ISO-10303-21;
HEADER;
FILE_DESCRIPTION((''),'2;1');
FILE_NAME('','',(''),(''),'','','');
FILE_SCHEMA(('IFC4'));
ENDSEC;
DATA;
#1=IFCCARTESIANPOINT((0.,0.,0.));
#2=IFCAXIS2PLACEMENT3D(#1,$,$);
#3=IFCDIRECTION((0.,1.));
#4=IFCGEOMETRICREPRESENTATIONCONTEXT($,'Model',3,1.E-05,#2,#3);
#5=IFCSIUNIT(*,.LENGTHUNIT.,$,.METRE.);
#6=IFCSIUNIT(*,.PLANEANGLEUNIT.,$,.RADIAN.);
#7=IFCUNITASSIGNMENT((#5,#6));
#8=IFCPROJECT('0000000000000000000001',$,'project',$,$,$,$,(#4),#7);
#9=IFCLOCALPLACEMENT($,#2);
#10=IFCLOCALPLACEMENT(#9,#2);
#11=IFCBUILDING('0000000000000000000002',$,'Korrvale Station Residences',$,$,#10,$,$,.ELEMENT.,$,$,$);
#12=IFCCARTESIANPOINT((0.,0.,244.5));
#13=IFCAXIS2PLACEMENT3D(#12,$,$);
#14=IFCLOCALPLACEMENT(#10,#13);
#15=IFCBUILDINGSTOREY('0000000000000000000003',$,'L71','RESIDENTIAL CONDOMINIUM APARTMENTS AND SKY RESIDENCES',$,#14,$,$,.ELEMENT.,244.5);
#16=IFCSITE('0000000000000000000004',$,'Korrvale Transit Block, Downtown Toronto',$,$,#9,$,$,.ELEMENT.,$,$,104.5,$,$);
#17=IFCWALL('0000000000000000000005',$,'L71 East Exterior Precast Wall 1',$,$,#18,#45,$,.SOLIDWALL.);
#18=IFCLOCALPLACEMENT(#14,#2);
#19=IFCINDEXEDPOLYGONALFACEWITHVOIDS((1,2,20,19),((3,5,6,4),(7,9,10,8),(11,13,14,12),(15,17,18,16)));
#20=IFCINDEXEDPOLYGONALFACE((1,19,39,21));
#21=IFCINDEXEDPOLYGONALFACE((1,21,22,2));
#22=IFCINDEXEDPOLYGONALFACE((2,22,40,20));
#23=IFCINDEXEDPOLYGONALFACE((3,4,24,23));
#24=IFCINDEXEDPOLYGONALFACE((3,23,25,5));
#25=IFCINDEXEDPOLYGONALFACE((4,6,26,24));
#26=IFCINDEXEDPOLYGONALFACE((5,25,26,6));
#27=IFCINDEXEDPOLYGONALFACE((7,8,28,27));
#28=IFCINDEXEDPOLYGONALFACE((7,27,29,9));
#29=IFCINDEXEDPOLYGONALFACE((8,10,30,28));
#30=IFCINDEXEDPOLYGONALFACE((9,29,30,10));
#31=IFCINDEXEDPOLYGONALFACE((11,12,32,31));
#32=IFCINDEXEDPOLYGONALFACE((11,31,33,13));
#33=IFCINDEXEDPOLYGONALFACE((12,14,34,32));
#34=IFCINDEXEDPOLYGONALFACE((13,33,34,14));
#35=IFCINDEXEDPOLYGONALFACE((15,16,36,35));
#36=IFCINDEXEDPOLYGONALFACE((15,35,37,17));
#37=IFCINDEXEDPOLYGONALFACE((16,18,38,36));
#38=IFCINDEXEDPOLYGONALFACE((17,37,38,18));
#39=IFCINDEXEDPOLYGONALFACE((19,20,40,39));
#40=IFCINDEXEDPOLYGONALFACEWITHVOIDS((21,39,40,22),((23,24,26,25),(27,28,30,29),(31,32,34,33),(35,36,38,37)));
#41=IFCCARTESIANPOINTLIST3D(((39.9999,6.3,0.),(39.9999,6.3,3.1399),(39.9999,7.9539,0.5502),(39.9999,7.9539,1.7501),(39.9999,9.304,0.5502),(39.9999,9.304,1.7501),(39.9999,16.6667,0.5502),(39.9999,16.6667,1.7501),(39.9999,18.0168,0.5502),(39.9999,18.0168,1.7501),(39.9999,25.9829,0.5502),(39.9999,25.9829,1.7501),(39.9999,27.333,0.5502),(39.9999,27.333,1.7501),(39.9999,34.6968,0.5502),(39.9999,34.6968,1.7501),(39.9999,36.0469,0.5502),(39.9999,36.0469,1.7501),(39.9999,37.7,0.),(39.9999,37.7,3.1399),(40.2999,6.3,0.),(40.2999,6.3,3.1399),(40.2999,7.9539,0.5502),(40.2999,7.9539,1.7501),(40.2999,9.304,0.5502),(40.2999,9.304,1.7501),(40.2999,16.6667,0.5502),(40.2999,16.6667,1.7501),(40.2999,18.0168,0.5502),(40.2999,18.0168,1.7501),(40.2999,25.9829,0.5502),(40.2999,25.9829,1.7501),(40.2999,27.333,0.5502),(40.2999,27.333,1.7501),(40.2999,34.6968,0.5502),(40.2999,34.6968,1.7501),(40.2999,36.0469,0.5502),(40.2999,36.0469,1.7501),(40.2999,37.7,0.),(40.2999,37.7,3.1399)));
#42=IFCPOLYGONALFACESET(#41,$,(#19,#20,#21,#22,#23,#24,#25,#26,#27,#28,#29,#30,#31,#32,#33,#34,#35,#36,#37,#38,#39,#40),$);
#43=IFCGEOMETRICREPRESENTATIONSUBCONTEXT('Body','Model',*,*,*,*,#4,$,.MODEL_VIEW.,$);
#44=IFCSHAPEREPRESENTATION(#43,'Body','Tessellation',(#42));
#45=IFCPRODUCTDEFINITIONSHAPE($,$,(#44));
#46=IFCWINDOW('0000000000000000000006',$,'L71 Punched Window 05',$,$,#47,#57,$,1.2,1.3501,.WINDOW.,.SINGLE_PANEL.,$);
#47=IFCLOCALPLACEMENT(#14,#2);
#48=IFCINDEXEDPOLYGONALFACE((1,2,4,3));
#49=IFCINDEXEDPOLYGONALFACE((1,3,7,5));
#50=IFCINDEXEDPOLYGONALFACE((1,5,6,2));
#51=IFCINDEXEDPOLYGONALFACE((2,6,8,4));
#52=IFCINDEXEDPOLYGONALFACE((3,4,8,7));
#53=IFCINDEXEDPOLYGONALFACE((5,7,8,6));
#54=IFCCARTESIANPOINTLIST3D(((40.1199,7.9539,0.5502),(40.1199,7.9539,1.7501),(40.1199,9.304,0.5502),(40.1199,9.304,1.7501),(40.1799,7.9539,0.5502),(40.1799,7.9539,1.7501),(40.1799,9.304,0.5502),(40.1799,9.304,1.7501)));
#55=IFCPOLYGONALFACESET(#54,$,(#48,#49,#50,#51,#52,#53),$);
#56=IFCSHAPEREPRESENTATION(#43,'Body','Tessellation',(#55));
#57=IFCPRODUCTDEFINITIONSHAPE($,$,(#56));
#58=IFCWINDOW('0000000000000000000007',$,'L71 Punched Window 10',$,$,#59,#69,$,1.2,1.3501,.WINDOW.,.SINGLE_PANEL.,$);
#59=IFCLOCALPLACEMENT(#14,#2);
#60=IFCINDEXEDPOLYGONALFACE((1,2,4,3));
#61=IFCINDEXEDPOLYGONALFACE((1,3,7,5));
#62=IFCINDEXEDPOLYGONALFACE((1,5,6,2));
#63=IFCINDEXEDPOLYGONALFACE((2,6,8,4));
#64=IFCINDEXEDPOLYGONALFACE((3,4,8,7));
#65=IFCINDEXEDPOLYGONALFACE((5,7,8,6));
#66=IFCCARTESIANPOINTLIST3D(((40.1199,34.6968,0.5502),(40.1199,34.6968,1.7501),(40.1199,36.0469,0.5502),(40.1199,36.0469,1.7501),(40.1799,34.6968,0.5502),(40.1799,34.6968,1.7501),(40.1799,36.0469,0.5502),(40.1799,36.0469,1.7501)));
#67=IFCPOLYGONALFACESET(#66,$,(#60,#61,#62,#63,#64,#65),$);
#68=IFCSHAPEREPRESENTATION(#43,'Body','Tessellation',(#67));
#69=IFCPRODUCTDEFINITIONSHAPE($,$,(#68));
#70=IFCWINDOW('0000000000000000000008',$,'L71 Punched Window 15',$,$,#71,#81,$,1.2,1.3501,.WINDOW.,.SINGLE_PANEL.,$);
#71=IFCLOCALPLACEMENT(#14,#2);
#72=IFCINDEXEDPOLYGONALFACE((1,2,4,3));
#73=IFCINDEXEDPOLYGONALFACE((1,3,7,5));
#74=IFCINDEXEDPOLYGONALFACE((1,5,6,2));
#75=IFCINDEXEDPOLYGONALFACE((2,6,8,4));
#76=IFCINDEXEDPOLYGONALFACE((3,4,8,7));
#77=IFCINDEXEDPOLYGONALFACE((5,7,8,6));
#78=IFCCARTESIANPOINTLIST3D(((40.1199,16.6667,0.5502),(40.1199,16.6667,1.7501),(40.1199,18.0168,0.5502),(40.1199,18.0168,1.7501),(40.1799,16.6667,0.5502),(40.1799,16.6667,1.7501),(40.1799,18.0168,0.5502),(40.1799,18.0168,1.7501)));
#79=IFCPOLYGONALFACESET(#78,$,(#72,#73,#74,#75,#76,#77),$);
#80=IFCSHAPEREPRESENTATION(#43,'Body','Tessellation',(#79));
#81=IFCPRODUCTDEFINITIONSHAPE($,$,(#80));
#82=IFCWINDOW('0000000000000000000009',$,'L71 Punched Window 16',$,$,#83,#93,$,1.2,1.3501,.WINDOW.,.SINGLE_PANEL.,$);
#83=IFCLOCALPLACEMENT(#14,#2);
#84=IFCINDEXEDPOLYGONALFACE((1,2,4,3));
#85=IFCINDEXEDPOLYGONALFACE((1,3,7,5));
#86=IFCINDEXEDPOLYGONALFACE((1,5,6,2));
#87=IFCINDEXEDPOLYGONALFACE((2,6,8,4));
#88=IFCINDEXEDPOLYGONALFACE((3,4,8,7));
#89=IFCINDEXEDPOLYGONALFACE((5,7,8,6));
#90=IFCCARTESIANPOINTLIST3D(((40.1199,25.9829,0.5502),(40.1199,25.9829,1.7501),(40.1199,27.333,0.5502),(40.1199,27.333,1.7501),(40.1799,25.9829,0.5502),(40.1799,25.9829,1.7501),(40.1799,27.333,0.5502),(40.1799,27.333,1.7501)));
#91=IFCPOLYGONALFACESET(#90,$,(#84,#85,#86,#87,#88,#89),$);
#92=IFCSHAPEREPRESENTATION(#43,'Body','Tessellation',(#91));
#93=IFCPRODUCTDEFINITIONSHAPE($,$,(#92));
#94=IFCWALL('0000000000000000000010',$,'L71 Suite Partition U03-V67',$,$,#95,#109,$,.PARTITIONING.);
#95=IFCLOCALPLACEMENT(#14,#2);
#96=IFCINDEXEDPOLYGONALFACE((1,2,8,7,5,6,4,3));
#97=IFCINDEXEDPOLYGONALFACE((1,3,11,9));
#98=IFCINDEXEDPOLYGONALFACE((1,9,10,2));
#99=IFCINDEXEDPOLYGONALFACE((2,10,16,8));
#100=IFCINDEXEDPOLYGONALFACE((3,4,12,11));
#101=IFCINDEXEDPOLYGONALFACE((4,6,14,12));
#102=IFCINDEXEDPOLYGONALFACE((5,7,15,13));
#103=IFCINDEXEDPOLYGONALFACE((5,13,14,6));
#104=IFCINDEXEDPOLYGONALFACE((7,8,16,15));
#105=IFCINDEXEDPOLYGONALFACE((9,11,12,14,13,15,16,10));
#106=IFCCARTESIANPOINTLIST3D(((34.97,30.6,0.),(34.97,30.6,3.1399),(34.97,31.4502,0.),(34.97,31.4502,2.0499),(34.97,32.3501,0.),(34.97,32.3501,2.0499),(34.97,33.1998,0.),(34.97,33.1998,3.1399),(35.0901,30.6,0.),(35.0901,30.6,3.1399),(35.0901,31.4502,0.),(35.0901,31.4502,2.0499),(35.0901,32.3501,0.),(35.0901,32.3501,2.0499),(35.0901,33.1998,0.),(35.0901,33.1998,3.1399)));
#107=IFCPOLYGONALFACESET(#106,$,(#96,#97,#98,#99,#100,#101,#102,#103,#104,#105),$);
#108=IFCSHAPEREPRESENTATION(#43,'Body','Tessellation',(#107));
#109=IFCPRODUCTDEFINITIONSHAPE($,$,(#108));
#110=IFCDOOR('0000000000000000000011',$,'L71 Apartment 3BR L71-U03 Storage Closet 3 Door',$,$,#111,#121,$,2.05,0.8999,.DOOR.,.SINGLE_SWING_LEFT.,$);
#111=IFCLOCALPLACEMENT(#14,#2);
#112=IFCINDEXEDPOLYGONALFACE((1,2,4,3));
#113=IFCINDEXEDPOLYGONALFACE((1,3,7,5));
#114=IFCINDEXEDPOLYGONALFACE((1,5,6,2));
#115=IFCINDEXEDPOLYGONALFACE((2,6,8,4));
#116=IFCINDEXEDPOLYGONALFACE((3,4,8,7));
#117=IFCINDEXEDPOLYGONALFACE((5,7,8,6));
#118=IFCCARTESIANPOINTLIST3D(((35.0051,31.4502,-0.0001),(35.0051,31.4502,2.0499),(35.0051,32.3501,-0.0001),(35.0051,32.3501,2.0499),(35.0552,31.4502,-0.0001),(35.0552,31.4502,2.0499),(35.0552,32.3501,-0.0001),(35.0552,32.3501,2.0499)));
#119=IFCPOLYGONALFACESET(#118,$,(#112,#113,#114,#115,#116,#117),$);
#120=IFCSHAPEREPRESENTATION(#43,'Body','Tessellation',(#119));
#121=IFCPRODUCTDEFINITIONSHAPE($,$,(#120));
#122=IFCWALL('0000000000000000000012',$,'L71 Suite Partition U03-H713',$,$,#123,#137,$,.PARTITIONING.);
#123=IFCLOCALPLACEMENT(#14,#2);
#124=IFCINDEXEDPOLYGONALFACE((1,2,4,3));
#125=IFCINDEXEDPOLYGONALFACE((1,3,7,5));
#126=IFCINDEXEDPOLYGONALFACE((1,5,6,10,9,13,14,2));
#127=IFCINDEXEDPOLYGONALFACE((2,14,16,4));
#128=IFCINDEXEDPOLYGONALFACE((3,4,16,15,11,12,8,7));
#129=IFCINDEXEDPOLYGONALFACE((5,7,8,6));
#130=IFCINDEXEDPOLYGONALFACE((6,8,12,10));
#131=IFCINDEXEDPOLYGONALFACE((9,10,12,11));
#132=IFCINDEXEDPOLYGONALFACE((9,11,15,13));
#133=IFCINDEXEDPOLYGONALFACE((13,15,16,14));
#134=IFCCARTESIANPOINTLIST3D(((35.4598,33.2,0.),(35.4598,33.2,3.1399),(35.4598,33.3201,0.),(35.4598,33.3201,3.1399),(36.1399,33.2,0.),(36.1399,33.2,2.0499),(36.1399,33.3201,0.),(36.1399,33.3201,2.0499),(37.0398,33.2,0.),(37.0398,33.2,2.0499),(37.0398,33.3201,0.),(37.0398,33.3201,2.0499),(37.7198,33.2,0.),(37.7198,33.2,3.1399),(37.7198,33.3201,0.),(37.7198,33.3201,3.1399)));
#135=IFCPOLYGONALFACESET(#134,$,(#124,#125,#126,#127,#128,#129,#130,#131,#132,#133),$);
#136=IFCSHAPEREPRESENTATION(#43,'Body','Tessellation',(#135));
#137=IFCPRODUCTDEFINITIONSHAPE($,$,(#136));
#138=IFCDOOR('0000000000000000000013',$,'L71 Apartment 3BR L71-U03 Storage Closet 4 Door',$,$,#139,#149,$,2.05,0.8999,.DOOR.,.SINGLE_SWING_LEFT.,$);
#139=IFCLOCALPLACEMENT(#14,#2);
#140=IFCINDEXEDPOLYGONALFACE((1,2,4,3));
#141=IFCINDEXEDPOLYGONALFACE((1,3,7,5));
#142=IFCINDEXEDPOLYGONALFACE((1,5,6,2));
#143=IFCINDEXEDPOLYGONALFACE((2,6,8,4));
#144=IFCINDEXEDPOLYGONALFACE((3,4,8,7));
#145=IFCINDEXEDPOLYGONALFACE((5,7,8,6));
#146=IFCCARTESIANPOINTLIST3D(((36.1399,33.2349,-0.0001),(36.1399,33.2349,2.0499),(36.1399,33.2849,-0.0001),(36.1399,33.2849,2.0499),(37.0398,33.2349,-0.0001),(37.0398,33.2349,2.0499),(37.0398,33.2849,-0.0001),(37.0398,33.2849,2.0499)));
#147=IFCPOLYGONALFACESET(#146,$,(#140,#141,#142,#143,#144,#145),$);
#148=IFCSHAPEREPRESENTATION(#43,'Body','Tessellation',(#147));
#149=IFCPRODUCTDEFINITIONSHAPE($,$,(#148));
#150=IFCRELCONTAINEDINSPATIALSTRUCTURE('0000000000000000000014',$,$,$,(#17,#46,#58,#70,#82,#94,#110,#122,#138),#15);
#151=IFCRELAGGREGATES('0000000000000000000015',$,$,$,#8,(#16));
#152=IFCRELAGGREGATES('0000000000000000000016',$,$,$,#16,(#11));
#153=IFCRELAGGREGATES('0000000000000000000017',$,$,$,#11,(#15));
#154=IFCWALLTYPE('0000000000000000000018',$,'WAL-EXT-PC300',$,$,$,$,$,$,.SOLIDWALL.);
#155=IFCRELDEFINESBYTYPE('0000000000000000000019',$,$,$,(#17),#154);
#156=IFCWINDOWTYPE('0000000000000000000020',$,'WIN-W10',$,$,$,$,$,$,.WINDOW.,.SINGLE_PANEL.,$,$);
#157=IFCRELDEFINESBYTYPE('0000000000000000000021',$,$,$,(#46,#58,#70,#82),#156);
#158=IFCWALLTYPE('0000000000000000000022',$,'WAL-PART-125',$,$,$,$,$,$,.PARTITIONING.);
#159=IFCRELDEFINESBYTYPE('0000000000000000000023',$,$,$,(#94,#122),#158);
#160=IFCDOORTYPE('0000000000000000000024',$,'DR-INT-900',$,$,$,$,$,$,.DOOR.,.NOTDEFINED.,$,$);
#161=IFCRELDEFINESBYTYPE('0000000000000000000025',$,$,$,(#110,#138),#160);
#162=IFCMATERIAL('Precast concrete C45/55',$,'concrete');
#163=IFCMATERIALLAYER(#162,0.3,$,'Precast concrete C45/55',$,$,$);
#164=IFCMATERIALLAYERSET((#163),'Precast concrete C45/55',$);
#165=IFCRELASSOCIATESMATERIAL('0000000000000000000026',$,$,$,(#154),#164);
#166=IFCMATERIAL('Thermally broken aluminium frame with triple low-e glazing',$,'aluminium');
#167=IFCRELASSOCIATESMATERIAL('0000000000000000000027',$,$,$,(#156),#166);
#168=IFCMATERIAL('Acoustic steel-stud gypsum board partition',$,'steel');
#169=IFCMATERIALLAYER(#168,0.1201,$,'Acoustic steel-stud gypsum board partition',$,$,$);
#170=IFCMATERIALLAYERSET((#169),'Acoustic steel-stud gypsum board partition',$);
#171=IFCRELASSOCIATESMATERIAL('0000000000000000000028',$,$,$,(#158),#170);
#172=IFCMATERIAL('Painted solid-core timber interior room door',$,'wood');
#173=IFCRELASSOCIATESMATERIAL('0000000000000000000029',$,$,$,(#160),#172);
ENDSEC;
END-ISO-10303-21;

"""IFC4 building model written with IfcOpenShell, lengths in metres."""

from ifc_helpers import new_model, si_unit, direction, frame, frame_2d, origin, place, context, subcontext, project, spatial, rectangle, extrude, material, layer, layer_set, type_object, element, fill, save


model = new_model("IFC4")

# Units and contexts
model_context = context("Model", 3, precision=1e-05, world=origin(), true_north=direction((0.0, 1.0)))
body_context = subcontext(model_context, "Body", "Model", "MODEL_VIEW")
ifc_project = project(units=[si_unit("LENGTHUNIT", "METRE"), si_unit("PLANEANGLEUNIT", "RADIAN")], contexts=[model_context])

# Site, building, storey
site_placement = place(None, origin())
site = spatial("IfcSite", under=ifc_project, at=site_placement, Name="Korrvale Transit Block, Downtown Toronto", CompositionType="ELEMENT", RefElevation=104.5)
building_placement = place(site_placement, origin())
building = spatial("IfcBuilding", under=site, at=building_placement, Name="Korrvale Station Residences", CompositionType="ELEMENT")
storey_placement = place(building_placement, frame((0.0, 0.0, 244.5)))
storey = spatial("IfcBuildingStorey", under=building, at=storey_placement, Name="L71", Description="RESIDENTIAL CONDOMINIUM APARTMENTS AND SKY RESIDENCES", CompositionType="ELEMENT", Elevation=244.5)

# Shared definitions
ifc_material_1 = material(Name="Precast concrete C45/55", Category="concrete")
ifc_layer_1 = layer(ifc_material_1, 0.3, Name="Precast concrete C45/55")
ifc_layer_set_1 = layer_set([ifc_layer_1], Name="Precast concrete C45/55")
wall_type_1 = type_object("IfcWallType", Name="WAL-EXT-PC300", PredefinedType="SOLIDWALL", material=ifc_layer_set_1)

# Wall, openings, windows
wall_1_placement = place(storey_placement, frame((40.1499, 37.7, 0.0), z_axis=(0.0, 0.0, 1.0), x_axis=(0.0, -1.0, 0.0)))
wall_1 = element("IfcWall", 1, at=wall_1_placement, inside=storey, type_object=wall_type_1, Name="L71 East Exterior Precast Wall 1", PredefinedType="SOLIDWALL", context=body_context, shape_type="SweptSolid", body=[
    extrude(rectangle(XDim=31.3999, YDim=0.3, at=frame_2d((15.7, 0.0))), origin(), (0.0, 0.0, 1.0), 3.1399),
])
opening_1_placement = place(wall_1_placement, frame((28.396, 0.0, 0.55)))
opening_1 = element("IfcOpeningElement", 2, at=opening_1_placement, cuts=wall_1, PredefinedType="OPENING", context=body_context, shape_type="SweptSolid", body=[
    extrude(rectangle(XDim=1.3501, YDim=1.2, at=frame_2d((0.675, 0.6001))), frame((0.0, 0.1602, 0.0), z_axis=(0.0, -1.0, 0.0), x_axis=(1.0, 0.0, 0.0)), (0.0, 0.0, 1.0), 0.3201),
])
opening_2_placement = place(wall_1_placement, frame((1.6531, 0.0, 0.55)))
opening_2 = element("IfcOpeningElement", 3, at=opening_2_placement, cuts=wall_1, PredefinedType="OPENING", context=body_context, shape_type="SweptSolid", body=[
    extrude(rectangle(XDim=1.3501, YDim=1.2, at=frame_2d((0.675, 0.6001))), frame((0.0, 0.1602, 0.0), z_axis=(0.0, -1.0, 0.0), x_axis=(1.0, 0.0, 0.0)), (0.0, 0.0, 1.0), 0.3201),
])
opening_3_placement = place(wall_1_placement, frame((19.6831, 0.0, 0.55)))
opening_3 = element("IfcOpeningElement", 4, at=opening_3_placement, cuts=wall_1, PredefinedType="OPENING", context=body_context, shape_type="SweptSolid", body=[
    extrude(rectangle(XDim=1.3501, YDim=1.2, at=frame_2d((0.675, 0.6001))), frame((0.0, 0.1602, 0.0), z_axis=(0.0, -1.0, 0.0), x_axis=(1.0, 0.0, 0.0)), (0.0, 0.0, 1.0), 0.3201),
])
opening_4_placement = place(wall_1_placement, frame((10.3669, 0.0, 0.55)))
opening_4 = element("IfcOpeningElement", 5, at=opening_4_placement, cuts=wall_1, PredefinedType="OPENING", context=body_context, shape_type="SweptSolid", body=[
    extrude(rectangle(XDim=1.3501, YDim=1.2, at=frame_2d((0.675, 0.6001))), frame((0.0, 0.1602, 0.0), z_axis=(0.0, -1.0, 0.0), x_axis=(1.0, 0.0, 0.0)), (0.0, 0.0, 1.0), 0.3201),
])
ifc_material_2 = material(Name="Thermally broken aluminium frame with triple low-e glazing", Category="aluminium")
window_type = type_object("IfcWindowType", Name="WIN-W10", PartitioningType="SINGLE_PANEL", PredefinedType="WINDOW", material=ifc_material_2)
window_1_placement = place(opening_1_placement, origin())
window_1 = element("IfcWindow", 6, at=window_1_placement, inside=storey, type_object=window_type, Name="L71 Punched Window 05", OverallHeight=1.2, OverallWidth=1.3501, PartitioningType="SINGLE_PANEL", PredefinedType="WINDOW", context=body_context, shape_type="SweptSolid", body=[
    extrude(rectangle(XDim=1.3501, YDim=1.2, at=frame_2d((0.675, 0.6001))), frame((0.0, 0.03, 0.0), z_axis=(0.0, -1.0, 0.0), x_axis=(1.0, 0.0, 0.0)), (0.0, 0.0, 1.0), 0.0601),
])
fill(opening_1, window_1)
window_2_placement = place(opening_2_placement, origin())
window_2 = element("IfcWindow", 7, at=window_2_placement, inside=storey, type_object=window_type, Name="L71 Punched Window 10", OverallHeight=1.2, OverallWidth=1.3501, PartitioningType="SINGLE_PANEL", PredefinedType="WINDOW", context=body_context, shape_type="SweptSolid", body=[
    extrude(rectangle(XDim=1.3501, YDim=1.2, at=frame_2d((0.675, 0.6001))), frame((0.0, 0.03, 0.0), z_axis=(0.0, -1.0, 0.0), x_axis=(1.0, 0.0, 0.0)), (0.0, 0.0, 1.0), 0.0601),
])
fill(opening_2, window_2)
window_3_placement = place(opening_3_placement, origin())
window_3 = element("IfcWindow", 8, at=window_3_placement, inside=storey, type_object=window_type, Name="L71 Punched Window 15", OverallHeight=1.2, OverallWidth=1.3501, PartitioningType="SINGLE_PANEL", PredefinedType="WINDOW", context=body_context, shape_type="SweptSolid", body=[
    extrude(rectangle(XDim=1.3501, YDim=1.2, at=frame_2d((0.675, 0.6001))), frame((0.0, 0.03, 0.0), z_axis=(0.0, -1.0, 0.0), x_axis=(1.0, 0.0, 0.0)), (0.0, 0.0, 1.0), 0.0601),
])
fill(opening_3, window_3)
window_4_placement = place(opening_4_placement, origin())
window_4 = element("IfcWindow", 9, at=window_4_placement, inside=storey, type_object=window_type, Name="L71 Punched Window 16", OverallHeight=1.2, OverallWidth=1.3501, PartitioningType="SINGLE_PANEL", PredefinedType="WINDOW", context=body_context, shape_type="SweptSolid", body=[
    extrude(rectangle(XDim=1.3501, YDim=1.2, at=frame_2d((0.675, 0.6001))), frame((0.0, 0.03, 0.0), z_axis=(0.0, -1.0, 0.0), x_axis=(1.0, 0.0, 0.0)), (0.0, 0.0, 1.0), 0.0601),
])
fill(opening_4, window_4)

# Walls, openings, doors
ifc_material_3 = material(Name="Acoustic steel-stud gypsum board partition", Category="steel")
ifc_layer_2 = layer(ifc_material_3, 0.1201, Name="Acoustic steel-stud gypsum board partition")
ifc_layer_set_2 = layer_set([ifc_layer_2], Name="Acoustic steel-stud gypsum board partition")
wall_type_2 = type_object("IfcWallType", Name="WAL-PART-125", PredefinedType="PARTITIONING", material=ifc_layer_set_2)
wall_2_placement = place(storey_placement, frame((35.03, 30.6001, 0.0), z_axis=(0.0, 0.0, 1.0), x_axis=(0.0, 1.0, 0.0)))
wall_2 = element("IfcWall", 10, at=wall_2_placement, inside=storey, type_object=wall_type_2, Name="L71 Suite Partition U03-V67", PredefinedType="PARTITIONING", context=body_context, shape_type="SweptSolid", body=[
    extrude(rectangle(XDim=2.5999, YDim=0.1201, at=frame_2d((1.2998, 0.0))), origin(), (0.0, 0.0, 1.0), 3.1399),
])
opening_5_placement = place(wall_2_placement, frame((0.8501, 0.0, 0.0)))
opening_5 = element("IfcOpeningElement", 11, at=opening_5_placement, cuts=wall_2, PredefinedType="OPENING", context=body_context, shape_type="SweptSolid", body=[
    extrude(rectangle(XDim=0.8999, YDim=2.05, at=frame_2d((0.45, 1.0249))), frame((0.0, 0.0701, 0.0), z_axis=(0.0, -1.0, 0.0), x_axis=(1.0, 0.0, 0.0)), (0.0, 0.0, 1.0), 0.1401),
])
ifc_material_4 = material(Name="Painted solid-core timber interior room door", Category="wood")
door_type = type_object("IfcDoorType", Name="DR-INT-900", OperationType="NOTDEFINED", PredefinedType="DOOR", material=ifc_material_4)
door_1_placement = place(opening_5_placement, origin())
door_1 = element("IfcDoor", 12, at=door_1_placement, inside=storey, type_object=door_type, Name="L71 Apartment 3BR L71-U03 Storage Closet 3 Door", OperationType="SINGLE_SWING_LEFT", OverallHeight=2.05, OverallWidth=0.8999, PredefinedType="DOOR", context=body_context, shape_type="SweptSolid", body=[
    extrude(rectangle(XDim=0.8999, YDim=2.05, at=frame_2d((0.45, 1.0249))), frame((0.0, 0.0249, 0.0), z_axis=(0.0, -1.0, 0.0), x_axis=(1.0, 0.0, 0.0)), (0.0, 0.0, 1.0), 0.05),
])
fill(opening_5, door_1)
wall_3_placement = place(storey_placement, frame((35.46, 33.26, 0.0), z_axis=(0.0, 0.0, 1.0), x_axis=(1.0, 0.0, 0.0)))
wall_3 = element("IfcWall", 13, at=wall_3_placement, inside=storey, type_object=wall_type_2, Name="L71 Suite Partition U03-H713", PredefinedType="PARTITIONING", context=body_context, shape_type="SweptSolid", body=[
    extrude(rectangle(XDim=2.26, YDim=0.1201, at=frame_2d((1.1299, 0.0))), origin(), (0.0, 0.0, 1.0), 3.1399),
])
opening_6_placement = place(wall_3_placement, frame((0.6799, 0.0, 0.0)))
opening_6 = element("IfcOpeningElement", 14, at=opening_6_placement, cuts=wall_3, PredefinedType="OPENING", context=body_context, shape_type="SweptSolid", body=[
    extrude(rectangle(XDim=0.8999, YDim=2.05, at=frame_2d((0.45, 1.0249))), frame((0.0, 0.0701, 0.0), z_axis=(0.0, -1.0, 0.0), x_axis=(1.0, 0.0, 0.0)), (0.0, 0.0, 1.0), 0.1401),
])
door_2_placement = place(opening_6_placement, origin())
door_2 = element("IfcDoor", 15, at=door_2_placement, inside=storey, type_object=door_type, Name="L71 Apartment 3BR L71-U03 Storage Closet 4 Door", OperationType="SINGLE_SWING_LEFT", OverallHeight=2.05, OverallWidth=0.8999, PredefinedType="DOOR", context=body_context, shape_type="SweptSolid", body=[
    extrude(rectangle(XDim=0.8999, YDim=2.05, at=frame_2d((0.45, 1.0249))), frame((0.0, 0.0249, 0.0), z_axis=(0.0, -1.0, 0.0), x_axis=(1.0, 0.0, 0.0)), (0.0, 0.0, 1.0), 0.05),
])
fill(opening_6, door_2)

save(model, "model.ifc")
